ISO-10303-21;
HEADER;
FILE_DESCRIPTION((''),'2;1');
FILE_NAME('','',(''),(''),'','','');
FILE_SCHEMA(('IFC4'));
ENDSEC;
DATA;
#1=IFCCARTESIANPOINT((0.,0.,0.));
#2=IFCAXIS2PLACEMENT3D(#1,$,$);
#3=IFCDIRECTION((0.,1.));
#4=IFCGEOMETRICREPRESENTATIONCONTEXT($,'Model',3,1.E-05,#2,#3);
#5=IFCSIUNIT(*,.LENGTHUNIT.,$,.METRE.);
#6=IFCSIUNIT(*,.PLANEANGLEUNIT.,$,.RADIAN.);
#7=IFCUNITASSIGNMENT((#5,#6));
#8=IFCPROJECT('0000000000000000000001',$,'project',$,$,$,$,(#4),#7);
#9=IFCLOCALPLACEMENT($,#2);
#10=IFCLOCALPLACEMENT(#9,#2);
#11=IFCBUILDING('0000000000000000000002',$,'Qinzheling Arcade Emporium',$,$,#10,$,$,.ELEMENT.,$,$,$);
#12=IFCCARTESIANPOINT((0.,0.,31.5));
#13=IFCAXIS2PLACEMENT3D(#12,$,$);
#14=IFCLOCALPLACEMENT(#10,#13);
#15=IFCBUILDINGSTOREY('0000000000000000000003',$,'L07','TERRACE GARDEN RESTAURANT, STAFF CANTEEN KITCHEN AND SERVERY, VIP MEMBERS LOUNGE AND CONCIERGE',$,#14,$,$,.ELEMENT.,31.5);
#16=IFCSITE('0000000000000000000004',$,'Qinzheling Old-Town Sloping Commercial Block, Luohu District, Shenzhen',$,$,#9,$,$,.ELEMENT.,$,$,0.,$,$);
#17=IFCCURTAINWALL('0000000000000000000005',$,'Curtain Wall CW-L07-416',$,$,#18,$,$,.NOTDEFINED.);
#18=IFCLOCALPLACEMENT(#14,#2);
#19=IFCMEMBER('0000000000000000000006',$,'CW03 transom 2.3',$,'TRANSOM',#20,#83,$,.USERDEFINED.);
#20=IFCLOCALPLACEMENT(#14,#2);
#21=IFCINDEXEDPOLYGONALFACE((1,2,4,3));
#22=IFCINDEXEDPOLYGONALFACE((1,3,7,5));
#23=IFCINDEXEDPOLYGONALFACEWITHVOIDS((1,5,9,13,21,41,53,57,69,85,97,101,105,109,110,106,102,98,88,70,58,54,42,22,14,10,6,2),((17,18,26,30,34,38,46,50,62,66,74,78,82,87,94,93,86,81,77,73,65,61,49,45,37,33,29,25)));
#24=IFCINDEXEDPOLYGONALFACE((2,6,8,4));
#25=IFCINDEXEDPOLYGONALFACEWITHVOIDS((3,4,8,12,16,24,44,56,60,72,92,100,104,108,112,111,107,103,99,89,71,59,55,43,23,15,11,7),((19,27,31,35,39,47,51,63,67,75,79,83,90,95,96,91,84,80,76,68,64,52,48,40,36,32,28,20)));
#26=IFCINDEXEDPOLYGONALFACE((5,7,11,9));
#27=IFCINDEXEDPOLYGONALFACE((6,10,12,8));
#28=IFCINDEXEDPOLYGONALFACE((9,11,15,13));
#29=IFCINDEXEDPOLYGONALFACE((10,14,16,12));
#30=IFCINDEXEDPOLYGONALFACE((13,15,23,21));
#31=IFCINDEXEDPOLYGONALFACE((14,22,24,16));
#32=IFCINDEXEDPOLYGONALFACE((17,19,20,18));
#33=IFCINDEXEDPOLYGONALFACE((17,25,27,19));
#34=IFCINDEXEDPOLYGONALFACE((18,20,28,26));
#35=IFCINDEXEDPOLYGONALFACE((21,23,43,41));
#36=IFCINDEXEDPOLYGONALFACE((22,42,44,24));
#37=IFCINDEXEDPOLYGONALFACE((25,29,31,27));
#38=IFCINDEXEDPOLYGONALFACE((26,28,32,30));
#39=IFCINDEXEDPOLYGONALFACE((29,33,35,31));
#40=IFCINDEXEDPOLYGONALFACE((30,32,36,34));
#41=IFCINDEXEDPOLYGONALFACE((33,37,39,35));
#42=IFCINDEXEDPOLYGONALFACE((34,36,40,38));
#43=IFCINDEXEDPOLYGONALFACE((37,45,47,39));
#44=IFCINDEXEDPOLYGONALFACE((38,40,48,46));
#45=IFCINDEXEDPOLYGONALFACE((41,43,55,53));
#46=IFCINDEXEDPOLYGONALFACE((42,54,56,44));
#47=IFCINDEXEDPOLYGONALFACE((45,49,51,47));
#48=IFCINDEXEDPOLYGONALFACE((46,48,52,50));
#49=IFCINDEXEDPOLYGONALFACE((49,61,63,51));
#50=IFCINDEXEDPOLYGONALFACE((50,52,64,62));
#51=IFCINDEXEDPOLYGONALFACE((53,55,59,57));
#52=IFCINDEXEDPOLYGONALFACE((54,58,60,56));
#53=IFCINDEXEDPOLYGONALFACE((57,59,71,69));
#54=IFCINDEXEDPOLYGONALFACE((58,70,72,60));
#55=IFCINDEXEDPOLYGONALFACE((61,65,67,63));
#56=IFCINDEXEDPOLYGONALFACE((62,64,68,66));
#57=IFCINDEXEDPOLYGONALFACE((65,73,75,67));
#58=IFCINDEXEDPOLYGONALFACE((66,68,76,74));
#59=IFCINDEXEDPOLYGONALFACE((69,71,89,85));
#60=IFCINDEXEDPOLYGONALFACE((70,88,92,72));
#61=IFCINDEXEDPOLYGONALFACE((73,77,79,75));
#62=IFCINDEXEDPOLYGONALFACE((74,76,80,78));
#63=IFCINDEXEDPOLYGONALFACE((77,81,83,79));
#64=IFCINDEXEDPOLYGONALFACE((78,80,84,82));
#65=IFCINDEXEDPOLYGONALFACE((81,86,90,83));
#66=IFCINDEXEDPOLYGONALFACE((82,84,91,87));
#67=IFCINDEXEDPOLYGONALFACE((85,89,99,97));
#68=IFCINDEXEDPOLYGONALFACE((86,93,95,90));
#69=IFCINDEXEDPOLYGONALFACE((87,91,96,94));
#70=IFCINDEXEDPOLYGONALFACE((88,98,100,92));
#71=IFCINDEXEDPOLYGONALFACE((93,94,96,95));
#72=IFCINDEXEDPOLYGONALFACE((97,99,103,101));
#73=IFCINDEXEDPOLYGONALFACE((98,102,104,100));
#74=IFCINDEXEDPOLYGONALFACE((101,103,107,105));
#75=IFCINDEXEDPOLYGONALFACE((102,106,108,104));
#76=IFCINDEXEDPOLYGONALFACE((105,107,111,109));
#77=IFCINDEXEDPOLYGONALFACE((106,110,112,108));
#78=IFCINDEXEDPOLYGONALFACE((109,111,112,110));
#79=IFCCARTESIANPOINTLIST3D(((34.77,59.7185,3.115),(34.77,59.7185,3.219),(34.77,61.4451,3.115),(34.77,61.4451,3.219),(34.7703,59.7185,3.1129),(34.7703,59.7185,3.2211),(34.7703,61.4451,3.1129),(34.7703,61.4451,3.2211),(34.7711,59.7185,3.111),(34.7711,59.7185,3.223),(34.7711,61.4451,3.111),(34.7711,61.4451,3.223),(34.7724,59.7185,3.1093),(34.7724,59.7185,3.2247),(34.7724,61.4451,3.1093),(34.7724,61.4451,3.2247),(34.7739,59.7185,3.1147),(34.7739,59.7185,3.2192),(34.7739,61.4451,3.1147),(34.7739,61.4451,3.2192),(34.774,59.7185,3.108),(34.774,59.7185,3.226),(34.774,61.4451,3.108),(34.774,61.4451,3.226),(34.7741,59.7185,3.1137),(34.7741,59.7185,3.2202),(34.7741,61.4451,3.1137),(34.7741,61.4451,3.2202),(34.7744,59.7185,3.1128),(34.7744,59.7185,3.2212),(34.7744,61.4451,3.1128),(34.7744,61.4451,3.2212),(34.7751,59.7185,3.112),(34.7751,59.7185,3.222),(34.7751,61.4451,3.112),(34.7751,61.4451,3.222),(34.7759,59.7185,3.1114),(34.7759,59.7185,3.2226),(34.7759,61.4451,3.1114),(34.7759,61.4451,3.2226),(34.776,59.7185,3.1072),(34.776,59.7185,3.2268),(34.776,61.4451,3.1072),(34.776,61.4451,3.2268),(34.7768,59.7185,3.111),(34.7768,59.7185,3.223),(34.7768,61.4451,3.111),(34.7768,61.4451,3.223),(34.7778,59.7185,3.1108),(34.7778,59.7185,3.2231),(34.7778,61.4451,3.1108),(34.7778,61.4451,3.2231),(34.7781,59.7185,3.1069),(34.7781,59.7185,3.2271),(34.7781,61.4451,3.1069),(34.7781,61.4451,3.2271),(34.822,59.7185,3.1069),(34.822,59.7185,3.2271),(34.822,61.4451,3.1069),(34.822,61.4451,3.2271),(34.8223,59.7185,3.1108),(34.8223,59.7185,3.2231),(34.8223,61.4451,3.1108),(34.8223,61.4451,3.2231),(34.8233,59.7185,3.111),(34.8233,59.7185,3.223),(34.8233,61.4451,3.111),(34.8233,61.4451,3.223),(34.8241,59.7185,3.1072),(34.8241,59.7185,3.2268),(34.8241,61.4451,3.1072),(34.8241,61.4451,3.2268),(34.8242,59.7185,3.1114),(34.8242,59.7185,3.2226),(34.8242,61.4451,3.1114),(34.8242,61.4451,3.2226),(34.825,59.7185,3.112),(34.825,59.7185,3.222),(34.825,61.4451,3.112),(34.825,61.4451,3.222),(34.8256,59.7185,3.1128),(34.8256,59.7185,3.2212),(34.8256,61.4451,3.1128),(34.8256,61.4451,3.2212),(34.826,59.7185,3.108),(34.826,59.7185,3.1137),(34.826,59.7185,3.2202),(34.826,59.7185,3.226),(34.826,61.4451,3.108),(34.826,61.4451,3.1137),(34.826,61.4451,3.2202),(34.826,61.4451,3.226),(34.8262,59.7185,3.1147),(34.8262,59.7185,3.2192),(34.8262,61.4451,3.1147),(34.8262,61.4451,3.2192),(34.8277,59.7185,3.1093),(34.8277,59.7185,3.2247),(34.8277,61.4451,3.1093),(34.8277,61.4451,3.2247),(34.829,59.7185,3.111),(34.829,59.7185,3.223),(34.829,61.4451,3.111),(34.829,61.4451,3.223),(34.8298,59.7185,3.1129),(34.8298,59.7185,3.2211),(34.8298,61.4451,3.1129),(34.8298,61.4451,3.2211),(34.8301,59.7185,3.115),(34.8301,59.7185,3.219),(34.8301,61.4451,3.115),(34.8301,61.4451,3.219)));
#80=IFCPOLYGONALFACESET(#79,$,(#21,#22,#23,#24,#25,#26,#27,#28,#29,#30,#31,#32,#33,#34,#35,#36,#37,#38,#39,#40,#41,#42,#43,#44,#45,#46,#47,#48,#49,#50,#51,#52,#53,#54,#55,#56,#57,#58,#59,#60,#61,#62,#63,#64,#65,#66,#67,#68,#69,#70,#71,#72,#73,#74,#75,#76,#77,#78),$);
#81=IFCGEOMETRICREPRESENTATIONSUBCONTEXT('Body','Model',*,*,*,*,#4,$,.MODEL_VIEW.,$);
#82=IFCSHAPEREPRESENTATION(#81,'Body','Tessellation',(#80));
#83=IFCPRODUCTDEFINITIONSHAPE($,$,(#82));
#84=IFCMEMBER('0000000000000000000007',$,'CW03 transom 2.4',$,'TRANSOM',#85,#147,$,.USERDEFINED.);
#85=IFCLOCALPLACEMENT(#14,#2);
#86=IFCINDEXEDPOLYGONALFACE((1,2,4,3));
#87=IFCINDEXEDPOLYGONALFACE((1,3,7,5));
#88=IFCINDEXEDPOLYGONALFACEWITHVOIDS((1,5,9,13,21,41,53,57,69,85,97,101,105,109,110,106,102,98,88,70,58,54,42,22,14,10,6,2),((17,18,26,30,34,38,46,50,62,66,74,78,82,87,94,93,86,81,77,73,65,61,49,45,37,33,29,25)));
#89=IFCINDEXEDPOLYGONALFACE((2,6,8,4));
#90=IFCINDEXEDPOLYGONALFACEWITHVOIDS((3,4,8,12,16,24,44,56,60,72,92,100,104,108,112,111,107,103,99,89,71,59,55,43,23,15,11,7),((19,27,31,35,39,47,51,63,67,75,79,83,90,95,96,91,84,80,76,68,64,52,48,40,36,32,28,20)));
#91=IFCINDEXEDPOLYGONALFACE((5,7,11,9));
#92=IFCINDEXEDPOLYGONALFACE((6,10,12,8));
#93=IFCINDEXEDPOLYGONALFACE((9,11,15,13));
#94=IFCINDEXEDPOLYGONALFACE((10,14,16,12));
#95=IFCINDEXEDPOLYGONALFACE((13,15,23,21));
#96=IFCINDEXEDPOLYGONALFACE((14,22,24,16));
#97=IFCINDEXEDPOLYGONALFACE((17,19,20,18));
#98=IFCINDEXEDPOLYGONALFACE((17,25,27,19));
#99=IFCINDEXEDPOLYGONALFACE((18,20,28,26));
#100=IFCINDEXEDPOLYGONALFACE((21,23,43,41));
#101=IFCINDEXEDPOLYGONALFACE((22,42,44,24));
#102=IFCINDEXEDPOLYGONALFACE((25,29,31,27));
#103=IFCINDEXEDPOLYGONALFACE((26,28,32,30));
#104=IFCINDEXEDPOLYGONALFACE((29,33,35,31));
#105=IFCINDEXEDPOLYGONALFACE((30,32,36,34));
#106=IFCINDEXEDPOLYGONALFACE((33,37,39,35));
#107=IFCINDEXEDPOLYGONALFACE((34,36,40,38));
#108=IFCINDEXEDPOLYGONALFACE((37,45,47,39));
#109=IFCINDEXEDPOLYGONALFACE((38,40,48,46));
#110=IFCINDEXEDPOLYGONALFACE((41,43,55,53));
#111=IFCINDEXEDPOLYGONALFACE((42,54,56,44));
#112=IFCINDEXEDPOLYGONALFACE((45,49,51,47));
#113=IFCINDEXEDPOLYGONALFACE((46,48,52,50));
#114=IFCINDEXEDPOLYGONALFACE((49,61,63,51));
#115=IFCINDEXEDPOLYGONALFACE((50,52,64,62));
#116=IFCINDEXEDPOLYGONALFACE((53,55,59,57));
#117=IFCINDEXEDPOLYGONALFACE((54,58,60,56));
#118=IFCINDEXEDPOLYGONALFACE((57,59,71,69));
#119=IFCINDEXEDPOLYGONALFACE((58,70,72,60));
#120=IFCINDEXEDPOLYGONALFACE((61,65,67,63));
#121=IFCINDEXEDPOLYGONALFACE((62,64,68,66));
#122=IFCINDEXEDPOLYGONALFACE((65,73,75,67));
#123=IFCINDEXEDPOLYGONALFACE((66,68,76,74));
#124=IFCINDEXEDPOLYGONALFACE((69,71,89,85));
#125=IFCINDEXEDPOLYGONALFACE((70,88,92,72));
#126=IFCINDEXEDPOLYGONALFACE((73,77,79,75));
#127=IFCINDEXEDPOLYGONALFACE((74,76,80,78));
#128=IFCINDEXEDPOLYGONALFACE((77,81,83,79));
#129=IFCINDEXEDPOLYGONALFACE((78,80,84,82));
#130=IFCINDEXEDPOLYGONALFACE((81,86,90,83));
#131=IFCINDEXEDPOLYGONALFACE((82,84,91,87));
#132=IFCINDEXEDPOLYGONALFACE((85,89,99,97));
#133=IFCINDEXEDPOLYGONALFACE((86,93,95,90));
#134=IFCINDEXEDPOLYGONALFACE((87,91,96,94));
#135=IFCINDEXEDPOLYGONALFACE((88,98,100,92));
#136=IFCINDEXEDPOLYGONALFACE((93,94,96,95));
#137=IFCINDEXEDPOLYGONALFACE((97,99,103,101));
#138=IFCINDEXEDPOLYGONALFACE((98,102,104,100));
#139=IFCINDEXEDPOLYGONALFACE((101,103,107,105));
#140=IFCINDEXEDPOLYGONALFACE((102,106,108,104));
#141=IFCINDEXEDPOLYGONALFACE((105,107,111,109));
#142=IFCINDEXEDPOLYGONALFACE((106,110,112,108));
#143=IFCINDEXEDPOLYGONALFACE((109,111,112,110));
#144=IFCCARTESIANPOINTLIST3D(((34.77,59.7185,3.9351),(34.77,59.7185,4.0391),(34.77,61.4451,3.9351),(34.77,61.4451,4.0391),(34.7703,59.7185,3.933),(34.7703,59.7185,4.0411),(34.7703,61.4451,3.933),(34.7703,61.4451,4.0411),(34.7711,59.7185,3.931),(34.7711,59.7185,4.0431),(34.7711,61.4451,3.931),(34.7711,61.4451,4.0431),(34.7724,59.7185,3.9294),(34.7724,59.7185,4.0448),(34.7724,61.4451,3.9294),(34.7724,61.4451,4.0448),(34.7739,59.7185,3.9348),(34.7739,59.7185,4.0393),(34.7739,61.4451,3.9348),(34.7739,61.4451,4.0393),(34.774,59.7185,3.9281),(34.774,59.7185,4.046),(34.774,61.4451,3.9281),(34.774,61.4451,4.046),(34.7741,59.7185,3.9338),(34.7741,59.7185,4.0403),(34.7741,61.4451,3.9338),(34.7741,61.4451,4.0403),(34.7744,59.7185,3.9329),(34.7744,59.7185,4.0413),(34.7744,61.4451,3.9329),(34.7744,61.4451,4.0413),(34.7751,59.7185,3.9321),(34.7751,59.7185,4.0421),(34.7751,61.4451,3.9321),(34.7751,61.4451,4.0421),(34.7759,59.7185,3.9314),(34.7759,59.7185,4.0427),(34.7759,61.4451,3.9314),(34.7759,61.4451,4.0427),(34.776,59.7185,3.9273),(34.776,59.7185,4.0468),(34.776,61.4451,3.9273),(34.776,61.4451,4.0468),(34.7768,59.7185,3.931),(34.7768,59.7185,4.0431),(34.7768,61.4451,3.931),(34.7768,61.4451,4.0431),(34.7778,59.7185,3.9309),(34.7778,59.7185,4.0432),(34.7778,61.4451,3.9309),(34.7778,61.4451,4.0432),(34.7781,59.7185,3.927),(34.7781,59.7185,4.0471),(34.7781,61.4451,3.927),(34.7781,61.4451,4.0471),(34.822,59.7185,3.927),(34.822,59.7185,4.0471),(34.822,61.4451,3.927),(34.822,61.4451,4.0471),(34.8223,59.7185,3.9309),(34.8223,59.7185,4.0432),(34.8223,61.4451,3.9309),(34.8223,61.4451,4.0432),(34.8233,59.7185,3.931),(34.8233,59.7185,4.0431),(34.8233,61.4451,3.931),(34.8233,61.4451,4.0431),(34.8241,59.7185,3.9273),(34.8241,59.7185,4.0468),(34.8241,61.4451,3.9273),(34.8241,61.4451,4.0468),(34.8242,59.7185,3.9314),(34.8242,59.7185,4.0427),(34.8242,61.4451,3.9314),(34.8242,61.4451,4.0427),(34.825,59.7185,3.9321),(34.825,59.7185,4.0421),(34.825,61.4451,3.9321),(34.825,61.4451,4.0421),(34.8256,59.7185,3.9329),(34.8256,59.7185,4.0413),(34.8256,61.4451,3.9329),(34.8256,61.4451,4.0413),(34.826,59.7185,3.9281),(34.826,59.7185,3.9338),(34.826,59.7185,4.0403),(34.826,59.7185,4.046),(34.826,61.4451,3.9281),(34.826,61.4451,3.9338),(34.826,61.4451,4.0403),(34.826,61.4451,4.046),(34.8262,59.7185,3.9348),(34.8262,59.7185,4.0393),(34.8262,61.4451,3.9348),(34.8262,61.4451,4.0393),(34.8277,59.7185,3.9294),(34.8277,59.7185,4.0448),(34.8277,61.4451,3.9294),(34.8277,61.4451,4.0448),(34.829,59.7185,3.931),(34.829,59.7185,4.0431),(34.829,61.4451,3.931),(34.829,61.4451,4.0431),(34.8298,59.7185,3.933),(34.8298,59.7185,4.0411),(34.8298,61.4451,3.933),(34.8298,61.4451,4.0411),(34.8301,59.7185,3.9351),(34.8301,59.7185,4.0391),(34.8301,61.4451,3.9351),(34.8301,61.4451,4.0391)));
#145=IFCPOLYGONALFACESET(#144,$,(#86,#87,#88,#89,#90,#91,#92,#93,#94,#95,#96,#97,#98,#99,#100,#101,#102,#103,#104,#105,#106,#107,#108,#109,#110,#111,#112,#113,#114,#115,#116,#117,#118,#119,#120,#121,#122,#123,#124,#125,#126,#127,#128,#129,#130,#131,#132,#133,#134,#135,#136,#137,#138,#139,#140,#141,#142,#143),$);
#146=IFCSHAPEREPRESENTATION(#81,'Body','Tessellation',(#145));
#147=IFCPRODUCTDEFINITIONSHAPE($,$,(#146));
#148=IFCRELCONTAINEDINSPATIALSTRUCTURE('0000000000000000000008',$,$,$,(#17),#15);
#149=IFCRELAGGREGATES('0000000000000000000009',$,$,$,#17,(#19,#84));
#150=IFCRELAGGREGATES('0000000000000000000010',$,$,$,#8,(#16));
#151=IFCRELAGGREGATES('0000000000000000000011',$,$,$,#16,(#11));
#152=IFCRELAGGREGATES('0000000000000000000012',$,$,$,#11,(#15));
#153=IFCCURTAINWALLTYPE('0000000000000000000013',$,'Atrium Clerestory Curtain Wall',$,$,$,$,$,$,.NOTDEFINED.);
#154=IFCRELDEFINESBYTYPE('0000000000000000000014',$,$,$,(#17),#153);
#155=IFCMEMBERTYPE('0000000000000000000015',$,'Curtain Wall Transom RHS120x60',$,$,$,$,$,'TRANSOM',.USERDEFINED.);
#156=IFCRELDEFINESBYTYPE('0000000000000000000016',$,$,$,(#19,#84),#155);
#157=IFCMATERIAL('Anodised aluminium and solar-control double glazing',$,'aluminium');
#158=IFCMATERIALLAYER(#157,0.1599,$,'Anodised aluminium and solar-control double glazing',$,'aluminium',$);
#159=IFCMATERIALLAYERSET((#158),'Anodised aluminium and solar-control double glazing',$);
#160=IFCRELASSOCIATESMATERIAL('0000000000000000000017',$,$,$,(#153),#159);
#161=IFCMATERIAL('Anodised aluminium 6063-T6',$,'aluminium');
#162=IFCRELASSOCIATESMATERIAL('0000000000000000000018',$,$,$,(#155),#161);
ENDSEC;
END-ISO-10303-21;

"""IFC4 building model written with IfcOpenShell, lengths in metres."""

from ifc_helpers import new_model, si_unit, direction, frame, origin, origin_2d, place, context, subcontext, project, spatial, hollow_rectangle, extrude, material, layer, layer_set, material_profile, profile_set, type_object, element, aggregate, save


model = new_model("IFC4")

# Units and contexts
model_context = context("Model", 3, precision=1e-05, world=origin(), true_north=direction((0.0, 1.0)))
body_context = subcontext(model_context, "Body", "Model", "MODEL_VIEW")
ifc_project = project(units=[si_unit("LENGTHUNIT", "METRE"), si_unit("PLANEANGLEUNIT", "RADIAN")], contexts=[model_context])

# Site, building, storey
site_placement = place(None, origin())
site = spatial("IfcSite", under=ifc_project, at=site_placement, Name="Qinzheling Old-Town Sloping Commercial Block, Luohu District, Shenzhen", CompositionType="ELEMENT", RefElevation=0.0)
building_placement = place(site_placement, origin())
building = spatial("IfcBuilding", under=site, at=building_placement, Name="Qinzheling Arcade Emporium", CompositionType="ELEMENT")
storey_placement = place(building_placement, frame((0.0, 0.0, 31.5)))
storey = spatial("IfcBuildingStorey", under=building, at=storey_placement, Name="L07", Description="TERRACE GARDEN RESTAURANT, STAFF CANTEEN KITCHEN AND SERVERY, VIP MEMBERS LOUNGE AND CONCIERGE", CompositionType="ELEMENT", Elevation=31.5)

# Shared definitions
ifc_material_1 = material(Name="Anodised aluminium and solar-control double glazing", Category="aluminium")
ifc_layer_1 = layer(ifc_material_1, 0.1599, Name="Anodised aluminium and solar-control double glazing", Category="aluminium")
ifc_layer_set_1 = layer_set([ifc_layer_1], Name="Anodised aluminium and solar-control double glazing")
curtain_wall_type = type_object("IfcCurtainWallType", Name="Atrium Clerestory Curtain Wall", PredefinedType="NOTDEFINED", material=ifc_layer_set_1)
ifc_material_2 = material(Name="Anodised aluminium 6063-T6", Category="aluminium")

# Curtain wall, members
curtain_wall_1_placement = place(storey_placement, origin())
curtain_wall_1 = element("IfcCurtainWall", 1, at=curtain_wall_1_placement, inside=storey, type_object=curtain_wall_type, Name="Curtain Wall CW-L07-416", PredefinedType="NOTDEFINED")
ifc_material_profile_1 = material_profile(ifc_material_2, hollow_rectangle(XDim=0.0601, YDim=0.1201, WallThickness=0.0039, InnerFilletRadius=0.0039, OuterFilletRadius=0.0081, at=origin_2d()), Name="RHS 120x60x4", Category="aluminium")
ifc_profile_set_1 = profile_set([ifc_material_profile_1], Name="Anodised aluminium 6063-T6")
member_type_1 = type_object("IfcMemberType", Name="Curtain Wall Transom RHS120x60", ElementType="TRANSOM", PredefinedType="USERDEFINED", material=ifc_profile_set_1)
member_1_placement = place(storey_placement, frame((34.8, 59.7185, 3.167), z_axis=(0.0, 1.0, 0.0), x_axis=(-1.0, 0.0, 0.0)))
member_1 = element("IfcMember", 2, at=member_1_placement, type_object=member_type_1, Name="CW03 transom 2.3", ObjectType="TRANSOM", PredefinedType="USERDEFINED", context=body_context, shape_type="SweptSolid", body=[
    extrude(hollow_rectangle(XDim=0.0601, YDim=0.1201, WallThickness=0.0039, InnerFilletRadius=0.0039, OuterFilletRadius=0.0081, at=origin_2d()), origin(), (0.0, 0.0, 1.0), 1.7266),
])
member_2_placement = place(storey_placement, frame((34.8, 59.7185, 3.9871), z_axis=(0.0, 1.0, 0.0), x_axis=(-1.0, 0.0, 0.0)))
member_2 = element("IfcMember", 3, at=member_2_placement, type_object=member_type_1, Name="CW03 transom 2.4", ObjectType="TRANSOM", PredefinedType="USERDEFINED", context=body_context, shape_type="SweptSolid", body=[
    extrude(hollow_rectangle(XDim=0.0601, YDim=0.1201, WallThickness=0.0039, InnerFilletRadius=0.0039, OuterFilletRadius=0.0081, at=origin_2d()), origin(), (0.0, 0.0, 1.0), 1.7266),
])
aggregate(curtain_wall_1, [member_1, member_2])

save(model, "model.ifc")
